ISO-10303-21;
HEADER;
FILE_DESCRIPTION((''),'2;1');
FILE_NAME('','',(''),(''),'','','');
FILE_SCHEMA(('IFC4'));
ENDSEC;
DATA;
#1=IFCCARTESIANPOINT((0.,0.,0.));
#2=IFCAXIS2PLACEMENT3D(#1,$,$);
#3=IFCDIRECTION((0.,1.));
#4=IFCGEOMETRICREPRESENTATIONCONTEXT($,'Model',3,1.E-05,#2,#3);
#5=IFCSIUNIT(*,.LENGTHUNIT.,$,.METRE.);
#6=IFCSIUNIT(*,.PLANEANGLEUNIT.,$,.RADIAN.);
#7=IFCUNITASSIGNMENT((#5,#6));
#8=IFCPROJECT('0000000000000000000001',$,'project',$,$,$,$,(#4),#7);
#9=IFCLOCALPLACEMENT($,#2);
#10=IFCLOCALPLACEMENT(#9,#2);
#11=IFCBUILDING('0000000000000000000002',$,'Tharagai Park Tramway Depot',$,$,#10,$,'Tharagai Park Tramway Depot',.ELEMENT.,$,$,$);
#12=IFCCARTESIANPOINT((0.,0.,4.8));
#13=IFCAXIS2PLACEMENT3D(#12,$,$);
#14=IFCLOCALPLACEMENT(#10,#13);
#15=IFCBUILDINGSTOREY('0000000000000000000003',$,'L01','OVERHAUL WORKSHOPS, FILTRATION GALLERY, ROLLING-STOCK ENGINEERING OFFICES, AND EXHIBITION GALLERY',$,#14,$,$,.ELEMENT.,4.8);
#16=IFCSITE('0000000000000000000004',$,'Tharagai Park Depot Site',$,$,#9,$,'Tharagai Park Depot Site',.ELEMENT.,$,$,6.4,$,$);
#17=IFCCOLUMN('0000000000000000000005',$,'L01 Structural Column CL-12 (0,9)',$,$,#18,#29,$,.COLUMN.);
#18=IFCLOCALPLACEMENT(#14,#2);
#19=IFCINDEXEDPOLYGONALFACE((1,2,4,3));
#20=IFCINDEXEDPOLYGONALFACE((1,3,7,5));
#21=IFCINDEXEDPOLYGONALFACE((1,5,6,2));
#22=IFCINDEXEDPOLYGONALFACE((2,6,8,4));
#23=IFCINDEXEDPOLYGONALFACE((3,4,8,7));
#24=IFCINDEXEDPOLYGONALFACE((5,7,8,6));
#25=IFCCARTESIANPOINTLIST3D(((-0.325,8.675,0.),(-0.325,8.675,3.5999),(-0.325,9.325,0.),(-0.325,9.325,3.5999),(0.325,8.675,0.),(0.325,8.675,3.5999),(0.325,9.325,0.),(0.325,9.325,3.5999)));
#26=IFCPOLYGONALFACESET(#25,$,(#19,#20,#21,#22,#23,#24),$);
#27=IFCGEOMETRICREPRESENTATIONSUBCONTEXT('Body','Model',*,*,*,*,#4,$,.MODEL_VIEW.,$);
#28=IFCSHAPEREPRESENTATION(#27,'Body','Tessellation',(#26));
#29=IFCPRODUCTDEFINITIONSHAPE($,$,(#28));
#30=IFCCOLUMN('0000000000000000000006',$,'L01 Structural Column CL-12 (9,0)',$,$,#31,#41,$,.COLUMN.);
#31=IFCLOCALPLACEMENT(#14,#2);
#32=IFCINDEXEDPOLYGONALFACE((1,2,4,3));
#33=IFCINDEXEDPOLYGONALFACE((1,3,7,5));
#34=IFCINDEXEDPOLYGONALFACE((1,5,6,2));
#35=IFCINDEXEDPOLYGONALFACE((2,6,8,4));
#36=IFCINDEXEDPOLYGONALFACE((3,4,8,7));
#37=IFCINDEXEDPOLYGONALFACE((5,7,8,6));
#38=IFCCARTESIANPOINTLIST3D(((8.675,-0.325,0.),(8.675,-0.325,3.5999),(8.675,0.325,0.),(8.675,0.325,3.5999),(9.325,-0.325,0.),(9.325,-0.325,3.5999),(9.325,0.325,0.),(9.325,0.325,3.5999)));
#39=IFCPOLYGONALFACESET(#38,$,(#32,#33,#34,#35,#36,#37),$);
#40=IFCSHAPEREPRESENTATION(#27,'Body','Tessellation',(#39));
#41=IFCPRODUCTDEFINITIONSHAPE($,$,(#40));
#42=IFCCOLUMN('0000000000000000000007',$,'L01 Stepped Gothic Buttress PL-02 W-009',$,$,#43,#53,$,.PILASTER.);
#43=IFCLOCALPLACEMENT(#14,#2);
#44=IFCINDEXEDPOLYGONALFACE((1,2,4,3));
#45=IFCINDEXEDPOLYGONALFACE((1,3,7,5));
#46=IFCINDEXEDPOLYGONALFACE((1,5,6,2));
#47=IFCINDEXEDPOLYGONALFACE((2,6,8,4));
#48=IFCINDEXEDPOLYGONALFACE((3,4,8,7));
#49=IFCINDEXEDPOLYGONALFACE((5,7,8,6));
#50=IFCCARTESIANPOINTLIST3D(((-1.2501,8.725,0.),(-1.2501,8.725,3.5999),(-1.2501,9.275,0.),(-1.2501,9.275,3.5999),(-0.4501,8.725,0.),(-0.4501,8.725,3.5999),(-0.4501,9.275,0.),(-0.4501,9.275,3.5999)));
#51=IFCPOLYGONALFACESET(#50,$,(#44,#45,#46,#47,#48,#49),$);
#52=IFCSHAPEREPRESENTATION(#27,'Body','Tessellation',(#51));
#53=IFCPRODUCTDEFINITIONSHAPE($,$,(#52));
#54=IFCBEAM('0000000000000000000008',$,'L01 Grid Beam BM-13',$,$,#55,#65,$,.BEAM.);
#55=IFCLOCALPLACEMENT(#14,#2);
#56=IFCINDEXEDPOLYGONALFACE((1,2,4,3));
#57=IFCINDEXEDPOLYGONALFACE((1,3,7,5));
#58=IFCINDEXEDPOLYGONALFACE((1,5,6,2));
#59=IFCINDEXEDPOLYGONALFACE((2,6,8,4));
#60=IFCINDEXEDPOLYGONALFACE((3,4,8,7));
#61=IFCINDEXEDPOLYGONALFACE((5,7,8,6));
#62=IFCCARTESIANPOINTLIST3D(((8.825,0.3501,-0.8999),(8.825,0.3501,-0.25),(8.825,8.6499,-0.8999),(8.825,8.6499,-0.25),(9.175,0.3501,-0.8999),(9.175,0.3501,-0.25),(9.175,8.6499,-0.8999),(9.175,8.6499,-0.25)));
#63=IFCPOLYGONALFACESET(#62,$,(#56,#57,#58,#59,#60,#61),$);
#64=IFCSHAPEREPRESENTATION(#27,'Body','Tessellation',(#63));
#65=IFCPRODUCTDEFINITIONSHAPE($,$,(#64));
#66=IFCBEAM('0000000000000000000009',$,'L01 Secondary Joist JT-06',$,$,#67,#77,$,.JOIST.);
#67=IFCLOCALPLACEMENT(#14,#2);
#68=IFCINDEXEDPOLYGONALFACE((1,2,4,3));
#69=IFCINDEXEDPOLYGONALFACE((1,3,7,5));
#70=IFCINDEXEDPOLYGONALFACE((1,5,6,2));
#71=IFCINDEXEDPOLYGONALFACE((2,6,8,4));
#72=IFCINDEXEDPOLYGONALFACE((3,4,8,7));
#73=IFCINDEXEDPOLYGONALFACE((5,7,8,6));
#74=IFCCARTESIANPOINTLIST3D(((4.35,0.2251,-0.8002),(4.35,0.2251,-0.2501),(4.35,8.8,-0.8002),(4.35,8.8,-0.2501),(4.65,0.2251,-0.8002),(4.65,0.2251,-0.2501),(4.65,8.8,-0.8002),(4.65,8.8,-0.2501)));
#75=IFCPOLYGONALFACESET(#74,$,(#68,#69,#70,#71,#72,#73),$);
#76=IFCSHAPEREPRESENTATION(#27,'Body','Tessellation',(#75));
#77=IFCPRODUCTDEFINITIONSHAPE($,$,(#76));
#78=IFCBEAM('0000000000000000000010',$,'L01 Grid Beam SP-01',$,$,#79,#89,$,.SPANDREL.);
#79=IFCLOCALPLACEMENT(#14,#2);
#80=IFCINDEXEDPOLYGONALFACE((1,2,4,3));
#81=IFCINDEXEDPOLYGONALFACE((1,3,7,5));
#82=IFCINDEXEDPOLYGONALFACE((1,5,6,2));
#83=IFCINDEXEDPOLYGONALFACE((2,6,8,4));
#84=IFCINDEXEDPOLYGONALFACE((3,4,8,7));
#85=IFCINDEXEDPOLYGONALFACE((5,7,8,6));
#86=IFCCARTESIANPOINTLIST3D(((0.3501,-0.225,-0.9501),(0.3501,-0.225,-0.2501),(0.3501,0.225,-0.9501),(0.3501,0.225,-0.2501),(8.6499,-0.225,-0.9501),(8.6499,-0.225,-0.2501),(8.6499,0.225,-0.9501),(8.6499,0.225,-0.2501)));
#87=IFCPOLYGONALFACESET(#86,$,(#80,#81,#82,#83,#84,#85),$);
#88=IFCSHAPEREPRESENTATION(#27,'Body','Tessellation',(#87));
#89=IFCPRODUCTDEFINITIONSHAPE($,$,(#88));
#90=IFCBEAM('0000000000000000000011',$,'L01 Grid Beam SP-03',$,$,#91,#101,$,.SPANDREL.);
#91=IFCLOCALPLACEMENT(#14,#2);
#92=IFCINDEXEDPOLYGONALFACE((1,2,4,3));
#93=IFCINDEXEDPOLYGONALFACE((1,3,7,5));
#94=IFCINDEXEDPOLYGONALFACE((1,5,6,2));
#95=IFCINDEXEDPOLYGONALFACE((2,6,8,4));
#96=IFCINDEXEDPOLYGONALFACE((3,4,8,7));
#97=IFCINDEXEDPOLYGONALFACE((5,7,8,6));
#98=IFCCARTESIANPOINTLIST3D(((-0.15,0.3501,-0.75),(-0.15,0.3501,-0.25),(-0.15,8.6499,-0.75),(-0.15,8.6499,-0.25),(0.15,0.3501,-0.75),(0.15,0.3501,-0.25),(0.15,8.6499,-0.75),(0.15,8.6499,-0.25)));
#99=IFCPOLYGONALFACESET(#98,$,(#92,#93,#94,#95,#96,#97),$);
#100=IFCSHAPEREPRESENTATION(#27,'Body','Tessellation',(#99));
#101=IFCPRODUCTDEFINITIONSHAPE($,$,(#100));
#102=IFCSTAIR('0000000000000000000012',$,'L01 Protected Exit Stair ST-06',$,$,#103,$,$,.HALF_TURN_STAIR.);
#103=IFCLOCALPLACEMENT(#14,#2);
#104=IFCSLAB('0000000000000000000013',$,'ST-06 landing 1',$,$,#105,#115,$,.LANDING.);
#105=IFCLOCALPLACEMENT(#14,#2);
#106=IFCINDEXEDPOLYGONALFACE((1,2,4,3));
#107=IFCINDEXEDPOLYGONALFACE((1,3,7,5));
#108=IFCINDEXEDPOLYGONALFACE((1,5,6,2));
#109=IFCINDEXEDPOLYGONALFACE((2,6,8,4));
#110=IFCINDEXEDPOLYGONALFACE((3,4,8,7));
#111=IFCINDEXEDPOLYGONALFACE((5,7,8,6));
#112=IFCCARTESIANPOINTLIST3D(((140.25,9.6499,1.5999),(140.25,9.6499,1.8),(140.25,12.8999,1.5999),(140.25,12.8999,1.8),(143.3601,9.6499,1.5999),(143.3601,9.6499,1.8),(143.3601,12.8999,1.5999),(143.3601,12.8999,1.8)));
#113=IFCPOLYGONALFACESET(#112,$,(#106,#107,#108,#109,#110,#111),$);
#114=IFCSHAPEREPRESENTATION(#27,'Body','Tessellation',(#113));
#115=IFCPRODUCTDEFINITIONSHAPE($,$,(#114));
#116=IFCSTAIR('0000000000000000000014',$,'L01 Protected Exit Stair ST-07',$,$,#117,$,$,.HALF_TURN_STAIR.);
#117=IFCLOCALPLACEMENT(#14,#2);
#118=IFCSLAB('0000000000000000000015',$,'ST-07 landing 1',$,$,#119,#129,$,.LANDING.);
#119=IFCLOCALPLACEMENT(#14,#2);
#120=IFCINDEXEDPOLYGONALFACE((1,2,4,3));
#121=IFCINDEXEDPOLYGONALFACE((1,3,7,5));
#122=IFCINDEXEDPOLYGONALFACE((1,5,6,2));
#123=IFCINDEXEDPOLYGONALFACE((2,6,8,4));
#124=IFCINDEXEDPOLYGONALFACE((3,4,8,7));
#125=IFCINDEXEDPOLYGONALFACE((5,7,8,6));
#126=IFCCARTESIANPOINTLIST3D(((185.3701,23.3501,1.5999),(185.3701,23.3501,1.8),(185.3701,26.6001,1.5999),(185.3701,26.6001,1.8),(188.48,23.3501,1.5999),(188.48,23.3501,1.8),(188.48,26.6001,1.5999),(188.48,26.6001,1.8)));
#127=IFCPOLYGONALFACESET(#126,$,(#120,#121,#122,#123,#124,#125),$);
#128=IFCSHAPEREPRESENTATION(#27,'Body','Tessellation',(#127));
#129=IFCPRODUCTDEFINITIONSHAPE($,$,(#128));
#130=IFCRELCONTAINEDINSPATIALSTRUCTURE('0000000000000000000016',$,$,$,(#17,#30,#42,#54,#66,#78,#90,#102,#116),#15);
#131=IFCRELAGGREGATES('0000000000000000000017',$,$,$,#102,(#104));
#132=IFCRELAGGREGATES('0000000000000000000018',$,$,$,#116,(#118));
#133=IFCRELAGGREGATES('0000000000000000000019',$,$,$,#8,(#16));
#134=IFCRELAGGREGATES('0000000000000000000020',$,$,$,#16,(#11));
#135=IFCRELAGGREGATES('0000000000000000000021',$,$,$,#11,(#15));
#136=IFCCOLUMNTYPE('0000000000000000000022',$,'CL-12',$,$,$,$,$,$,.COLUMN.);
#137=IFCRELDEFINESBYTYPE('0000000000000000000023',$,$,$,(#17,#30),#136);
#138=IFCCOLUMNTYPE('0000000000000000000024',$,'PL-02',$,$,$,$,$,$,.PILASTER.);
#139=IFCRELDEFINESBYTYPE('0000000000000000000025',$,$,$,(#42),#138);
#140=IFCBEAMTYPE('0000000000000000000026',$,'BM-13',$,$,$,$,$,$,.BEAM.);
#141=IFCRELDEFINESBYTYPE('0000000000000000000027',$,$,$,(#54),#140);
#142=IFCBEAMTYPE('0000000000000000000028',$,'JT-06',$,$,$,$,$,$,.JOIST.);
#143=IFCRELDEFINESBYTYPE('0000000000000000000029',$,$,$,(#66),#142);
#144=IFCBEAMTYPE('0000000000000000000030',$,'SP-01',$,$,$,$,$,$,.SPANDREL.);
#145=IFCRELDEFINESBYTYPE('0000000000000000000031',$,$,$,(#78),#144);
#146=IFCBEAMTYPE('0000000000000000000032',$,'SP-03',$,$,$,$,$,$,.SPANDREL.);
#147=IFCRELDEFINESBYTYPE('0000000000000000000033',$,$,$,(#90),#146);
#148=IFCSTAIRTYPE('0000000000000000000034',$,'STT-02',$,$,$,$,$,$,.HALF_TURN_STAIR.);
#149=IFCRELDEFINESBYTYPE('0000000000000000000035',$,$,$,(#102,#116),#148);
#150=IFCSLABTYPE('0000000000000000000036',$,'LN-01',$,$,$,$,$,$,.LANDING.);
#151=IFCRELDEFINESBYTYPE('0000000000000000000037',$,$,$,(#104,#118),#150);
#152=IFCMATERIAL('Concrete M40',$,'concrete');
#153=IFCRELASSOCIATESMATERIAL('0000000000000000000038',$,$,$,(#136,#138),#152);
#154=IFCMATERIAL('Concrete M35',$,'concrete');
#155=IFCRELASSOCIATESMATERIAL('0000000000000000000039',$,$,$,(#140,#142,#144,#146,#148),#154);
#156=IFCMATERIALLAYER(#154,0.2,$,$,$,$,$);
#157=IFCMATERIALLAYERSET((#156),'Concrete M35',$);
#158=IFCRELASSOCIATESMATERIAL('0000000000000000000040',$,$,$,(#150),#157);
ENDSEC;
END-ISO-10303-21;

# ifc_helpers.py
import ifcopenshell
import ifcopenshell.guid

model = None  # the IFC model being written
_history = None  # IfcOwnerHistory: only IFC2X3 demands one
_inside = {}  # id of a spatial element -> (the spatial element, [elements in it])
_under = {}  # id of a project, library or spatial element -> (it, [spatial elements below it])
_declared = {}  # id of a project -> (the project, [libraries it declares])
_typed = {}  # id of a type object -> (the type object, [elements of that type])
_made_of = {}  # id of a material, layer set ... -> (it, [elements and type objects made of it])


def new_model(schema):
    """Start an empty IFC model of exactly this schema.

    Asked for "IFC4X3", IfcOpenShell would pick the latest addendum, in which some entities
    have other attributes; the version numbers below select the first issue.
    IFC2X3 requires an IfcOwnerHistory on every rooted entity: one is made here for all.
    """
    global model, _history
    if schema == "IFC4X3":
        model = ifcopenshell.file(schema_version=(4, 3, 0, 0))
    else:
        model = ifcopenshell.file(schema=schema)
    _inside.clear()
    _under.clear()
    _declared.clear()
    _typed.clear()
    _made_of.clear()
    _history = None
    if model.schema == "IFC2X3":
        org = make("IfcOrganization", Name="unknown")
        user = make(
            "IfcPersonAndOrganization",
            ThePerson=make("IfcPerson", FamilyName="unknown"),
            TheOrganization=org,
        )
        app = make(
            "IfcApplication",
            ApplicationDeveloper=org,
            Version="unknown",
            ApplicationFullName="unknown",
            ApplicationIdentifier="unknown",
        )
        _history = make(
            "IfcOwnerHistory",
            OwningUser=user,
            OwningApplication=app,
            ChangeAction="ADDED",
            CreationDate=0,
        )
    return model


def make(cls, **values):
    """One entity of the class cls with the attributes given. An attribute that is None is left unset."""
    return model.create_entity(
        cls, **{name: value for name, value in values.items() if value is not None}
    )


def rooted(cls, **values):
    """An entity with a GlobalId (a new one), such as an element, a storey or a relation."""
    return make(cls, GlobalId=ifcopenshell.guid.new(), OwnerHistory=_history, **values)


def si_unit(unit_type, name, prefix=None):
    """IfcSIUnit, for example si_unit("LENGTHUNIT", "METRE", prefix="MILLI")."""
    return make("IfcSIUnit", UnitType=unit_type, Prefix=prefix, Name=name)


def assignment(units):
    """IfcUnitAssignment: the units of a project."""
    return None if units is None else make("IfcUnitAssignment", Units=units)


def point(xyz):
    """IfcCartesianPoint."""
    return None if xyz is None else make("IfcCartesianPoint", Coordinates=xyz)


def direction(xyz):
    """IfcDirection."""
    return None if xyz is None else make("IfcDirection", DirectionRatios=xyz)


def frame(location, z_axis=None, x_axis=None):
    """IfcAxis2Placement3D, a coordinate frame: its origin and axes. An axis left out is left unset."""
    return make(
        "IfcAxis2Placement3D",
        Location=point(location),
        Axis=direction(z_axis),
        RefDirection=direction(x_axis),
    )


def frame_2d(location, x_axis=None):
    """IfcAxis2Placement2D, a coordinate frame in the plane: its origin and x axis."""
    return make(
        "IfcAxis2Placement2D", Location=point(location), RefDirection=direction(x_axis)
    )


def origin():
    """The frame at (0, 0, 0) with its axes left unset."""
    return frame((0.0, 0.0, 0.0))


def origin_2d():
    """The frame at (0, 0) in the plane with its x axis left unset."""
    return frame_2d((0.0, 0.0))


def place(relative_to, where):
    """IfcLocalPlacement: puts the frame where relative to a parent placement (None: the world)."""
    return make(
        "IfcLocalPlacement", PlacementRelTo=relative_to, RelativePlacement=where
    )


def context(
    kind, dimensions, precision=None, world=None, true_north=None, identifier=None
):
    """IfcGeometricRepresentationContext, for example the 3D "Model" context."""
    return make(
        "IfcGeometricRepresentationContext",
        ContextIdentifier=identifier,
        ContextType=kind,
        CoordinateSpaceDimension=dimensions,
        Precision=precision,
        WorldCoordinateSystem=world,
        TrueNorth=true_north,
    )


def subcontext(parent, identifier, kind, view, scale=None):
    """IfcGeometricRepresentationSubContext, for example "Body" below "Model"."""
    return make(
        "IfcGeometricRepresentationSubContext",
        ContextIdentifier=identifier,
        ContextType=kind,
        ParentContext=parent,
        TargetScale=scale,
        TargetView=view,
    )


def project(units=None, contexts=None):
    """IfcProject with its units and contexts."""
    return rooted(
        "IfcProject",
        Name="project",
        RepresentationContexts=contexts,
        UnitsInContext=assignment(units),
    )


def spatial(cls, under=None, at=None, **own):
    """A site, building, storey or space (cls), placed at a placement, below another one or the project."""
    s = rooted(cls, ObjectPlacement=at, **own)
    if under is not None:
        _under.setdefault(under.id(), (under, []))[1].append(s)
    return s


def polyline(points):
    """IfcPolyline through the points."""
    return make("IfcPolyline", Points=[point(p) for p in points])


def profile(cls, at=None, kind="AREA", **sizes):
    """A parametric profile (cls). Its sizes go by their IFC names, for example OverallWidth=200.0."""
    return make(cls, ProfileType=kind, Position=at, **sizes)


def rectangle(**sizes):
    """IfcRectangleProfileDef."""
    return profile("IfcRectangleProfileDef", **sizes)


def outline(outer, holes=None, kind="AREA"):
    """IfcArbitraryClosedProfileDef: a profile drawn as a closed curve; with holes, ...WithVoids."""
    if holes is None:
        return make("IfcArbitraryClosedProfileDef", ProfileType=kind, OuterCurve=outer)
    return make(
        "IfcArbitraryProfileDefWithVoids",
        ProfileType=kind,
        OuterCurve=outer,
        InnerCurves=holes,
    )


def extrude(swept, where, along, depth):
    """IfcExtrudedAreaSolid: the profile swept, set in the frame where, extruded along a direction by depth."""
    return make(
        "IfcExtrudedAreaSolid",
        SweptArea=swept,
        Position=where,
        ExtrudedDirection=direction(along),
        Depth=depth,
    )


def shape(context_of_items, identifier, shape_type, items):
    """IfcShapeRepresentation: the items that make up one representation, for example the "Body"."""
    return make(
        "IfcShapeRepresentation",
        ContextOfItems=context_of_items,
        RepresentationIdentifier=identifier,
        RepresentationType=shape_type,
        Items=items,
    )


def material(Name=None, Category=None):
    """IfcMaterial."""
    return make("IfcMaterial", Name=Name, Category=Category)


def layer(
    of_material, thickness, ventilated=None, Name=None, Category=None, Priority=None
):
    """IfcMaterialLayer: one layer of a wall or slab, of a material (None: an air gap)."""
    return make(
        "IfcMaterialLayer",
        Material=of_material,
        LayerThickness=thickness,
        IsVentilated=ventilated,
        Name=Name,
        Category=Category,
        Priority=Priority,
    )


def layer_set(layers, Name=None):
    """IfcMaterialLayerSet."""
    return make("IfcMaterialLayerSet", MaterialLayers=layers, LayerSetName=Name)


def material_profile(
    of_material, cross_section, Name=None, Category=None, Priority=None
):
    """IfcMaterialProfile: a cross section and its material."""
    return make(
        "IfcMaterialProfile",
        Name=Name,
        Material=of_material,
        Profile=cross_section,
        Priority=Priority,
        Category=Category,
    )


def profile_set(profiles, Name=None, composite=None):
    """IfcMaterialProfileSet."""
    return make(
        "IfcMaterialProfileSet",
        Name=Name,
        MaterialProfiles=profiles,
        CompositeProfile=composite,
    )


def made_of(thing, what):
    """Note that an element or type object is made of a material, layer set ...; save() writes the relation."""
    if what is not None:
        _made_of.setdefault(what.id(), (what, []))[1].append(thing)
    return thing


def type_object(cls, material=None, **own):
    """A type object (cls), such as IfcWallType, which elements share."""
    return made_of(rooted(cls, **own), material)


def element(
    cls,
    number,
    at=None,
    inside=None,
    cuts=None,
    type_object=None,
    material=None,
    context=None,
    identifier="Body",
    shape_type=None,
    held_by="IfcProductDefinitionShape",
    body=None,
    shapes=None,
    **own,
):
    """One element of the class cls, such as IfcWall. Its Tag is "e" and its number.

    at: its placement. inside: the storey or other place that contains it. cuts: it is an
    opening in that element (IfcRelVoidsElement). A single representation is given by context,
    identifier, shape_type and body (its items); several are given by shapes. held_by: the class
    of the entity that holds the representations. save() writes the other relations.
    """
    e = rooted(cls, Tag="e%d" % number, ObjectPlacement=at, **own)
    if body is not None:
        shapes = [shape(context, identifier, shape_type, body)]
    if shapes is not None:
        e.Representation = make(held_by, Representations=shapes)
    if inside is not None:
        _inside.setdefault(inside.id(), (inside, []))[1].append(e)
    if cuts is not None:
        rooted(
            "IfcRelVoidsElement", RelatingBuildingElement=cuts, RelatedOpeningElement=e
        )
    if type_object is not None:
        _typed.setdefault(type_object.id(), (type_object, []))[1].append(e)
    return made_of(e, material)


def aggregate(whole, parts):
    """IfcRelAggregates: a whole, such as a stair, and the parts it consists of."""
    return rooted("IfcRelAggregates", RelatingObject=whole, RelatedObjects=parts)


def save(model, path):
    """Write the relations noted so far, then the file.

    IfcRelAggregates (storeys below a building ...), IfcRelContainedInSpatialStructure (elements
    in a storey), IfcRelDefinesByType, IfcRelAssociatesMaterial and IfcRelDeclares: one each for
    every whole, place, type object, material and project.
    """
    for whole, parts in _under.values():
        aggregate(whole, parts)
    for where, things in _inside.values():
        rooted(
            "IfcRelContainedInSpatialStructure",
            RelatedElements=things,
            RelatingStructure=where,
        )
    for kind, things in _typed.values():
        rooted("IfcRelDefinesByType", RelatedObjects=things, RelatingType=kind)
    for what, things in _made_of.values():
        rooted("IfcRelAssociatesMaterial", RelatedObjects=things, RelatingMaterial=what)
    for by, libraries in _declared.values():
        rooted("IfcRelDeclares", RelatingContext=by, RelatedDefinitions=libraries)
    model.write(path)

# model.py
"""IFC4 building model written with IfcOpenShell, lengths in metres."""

from ifc_helpers import new_model, si_unit, direction, frame, origin, origin_2d, place, context, subcontext, project, spatial, polyline, rectangle, outline, extrude, material, layer, layer_set, material_profile, profile_set, type_object, element, aggregate, save


model = new_model("IFC4")

# Units and contexts
model_context = context("Model", 3, precision=1e-05, world=origin(), true_north=direction((0.0, 1.0)))
body_context = subcontext(model_context, "Body", "Model", "MODEL_VIEW")
ifc_project = project(units=[si_unit("LENGTHUNIT", "METRE"), si_unit("PLANEANGLEUNIT", "RADIAN")], contexts=[model_context])

# Site, building, storey
site_placement = place(None, origin())
site = spatial("IfcSite", under=ifc_project, at=site_placement, Name="Tharagai Park Depot Site", LongName="Tharagai Park Depot Site", CompositionType="ELEMENT", RefElevation=6.4)
building_placement = place(site_placement, origin())
building = spatial("IfcBuilding", under=site, at=building_placement, Name="Tharagai Park Tramway Depot", LongName="Tharagai Park Tramway Depot", CompositionType="ELEMENT")
storey_placement = place(building_placement, frame((0.0, 0.0, 4.8)))
storey = spatial("IfcBuildingStorey", under=building, at=storey_placement, Name="L01", Description="OVERHAUL WORKSHOPS, FILTRATION GALLERY, ROLLING-STOCK ENGINEERING OFFICES, AND EXHIBITION GALLERY", CompositionType="ELEMENT", Elevation=4.8)

# Columns
ifc_material_1 = material(Name="Concrete M40", Category="concrete")
ifc_material_profile_1 = material_profile(ifc_material_1, rectangle(XDim=0.6499, YDim=0.6499, at=origin_2d()), Name="RC 650x650")
ifc_profile_set_1 = profile_set([ifc_material_profile_1], Name="Concrete M40")
column_type_1 = type_object("IfcColumnType", Name="CL-12", PredefinedType="COLUMN", material=ifc_profile_set_1)
for number, where, z_axis, x_axis, name in (
    (1, (0.0, 9.0, 0.0), (0.0, 0.0, 1.0), (1.0, 0.0, 0.0), "L01 Structural Column CL-12 (0,9)"),
    (2, (9.0, 0.0, 0.0), (0.0, 0.0, 1.0), (1.0, 0.0, 0.0), "L01 Structural Column CL-12 (9,0)"),
):
    element("IfcColumn", number, at=place(storey_placement, frame(where, z_axis=z_axis, x_axis=x_axis)), inside=storey, type_object=column_type_1, Name=name, PredefinedType="COLUMN", context=body_context, shape_type="SweptSolid", body=[
        extrude(rectangle(XDim=0.6499, YDim=0.6499, at=origin_2d()), origin(), (0.0, 0.0, 1.0), 3.5999),
    ])
ifc_material_profile_2 = material_profile(ifc_material_1, rectangle(XDim=0.55, YDim=0.8, at=origin_2d()), Name="RC 550x800")
ifc_profile_set_2 = profile_set([ifc_material_profile_2], Name="Concrete M40")
column_type_2 = type_object("IfcColumnType", Name="PL-02", PredefinedType="PILASTER", material=ifc_profile_set_2)
column_placement = place(storey_placement, frame((-0.8501, 9.0, 0.0), z_axis=(0.0, 0.0, 1.0), x_axis=(0.0, 1.0, 0.0)))
element("IfcColumn", 3, at=column_placement, inside=storey, type_object=column_type_2, Name="L01 Stepped Gothic Buttress PL-02 W-009", PredefinedType="PILASTER", context=body_context, shape_type="SweptSolid", body=[
    extrude(rectangle(XDim=0.55, YDim=0.8, at=origin_2d()), origin(), (0.0, 0.0, 1.0), 3.5999),
])

# Beams
ifc_material_2 = material(Name="Concrete M35", Category="concrete")
ifc_material_profile_3 = material_profile(ifc_material_2, rectangle(XDim=0.3501, YDim=0.6499, at=origin_2d()), Name="RC 350x650")
ifc_profile_set_3 = profile_set([ifc_material_profile_3], Name="Concrete M35")
beam_type_1 = type_object("IfcBeamType", Name="BM-13", PredefinedType="BEAM", material=ifc_profile_set_3)
beam_1_placement = place(storey_placement, frame((9.0, 0.3501, -0.575), z_axis=(0.0, 1.0, 0.0), x_axis=(-1.0, 0.0, 0.0)))
element("IfcBeam", 4, at=beam_1_placement, inside=storey, type_object=beam_type_1, Name="L01 Grid Beam BM-13", PredefinedType="BEAM", context=body_context, shape_type="SweptSolid", body=[
    extrude(rectangle(XDim=0.3501, YDim=0.6499, at=origin_2d()), origin(), (0.0, 0.0, 1.0), 8.2998),
])
ifc_material_profile_4 = material_profile(ifc_material_2, rectangle(XDim=0.3, YDim=0.55, at=origin_2d()), Name="RC 300x550")
ifc_profile_set_4 = profile_set([ifc_material_profile_4], Name="Concrete M35")
beam_type_2 = type_object("IfcBeamType", Name="JT-06", PredefinedType="JOIST", material=ifc_profile_set_4)
beam_2_placement = place(storey_placement, frame((4.5, 0.2251, -0.5251), z_axis=(0.0, 1.0, 0.0), x_axis=(-1.0, 0.0, 0.0)))
element("IfcBeam", 5, at=beam_2_placement, inside=storey, type_object=beam_type_2, Name="L01 Secondary Joist JT-06", PredefinedType="JOIST", context=body_context, shape_type="SweptSolid", body=[
    extrude(rectangle(XDim=0.3, YDim=0.55, at=origin_2d()), origin(), (0.0, 0.0, 1.0), 8.575),
])
ifc_material_profile_5 = material_profile(ifc_material_2, rectangle(XDim=0.45, YDim=0.7, at=origin_2d()), Name="RC 450x700")
ifc_profile_set_5 = profile_set([ifc_material_profile_5], Name="Concrete M35")
beam_type_3 = type_object("IfcBeamType", Name="SP-01", PredefinedType="SPANDREL", material=ifc_profile_set_5)
beam_3_placement = place(storey_placement, frame((0.3501, 0.0, -0.6001), z_axis=(1.0, 0.0, 0.0), x_axis=(0.0, 1.0, 0.0)))
element("IfcBeam", 6, at=beam_3_placement, inside=storey, type_object=beam_type_3, Name="L01 Grid Beam SP-01", PredefinedType="SPANDREL", context=body_context, shape_type="SweptSolid", body=[
    extrude(rectangle(XDim=0.45, YDim=0.7, at=origin_2d()), origin(), (0.0, 0.0, 1.0), 8.2998),
])
ifc_material_profile_6 = material_profile(ifc_material_2, rectangle(XDim=0.3, YDim=0.5, at=origin_2d()), Name="RC 300x500")
ifc_profile_set_6 = profile_set([ifc_material_profile_6], Name="Concrete M35")
beam_type_4 = type_object("IfcBeamType", Name="SP-03", PredefinedType="SPANDREL", material=ifc_profile_set_6)
beam_4_placement = place(storey_placement, frame((0.0, 0.3501, -0.5), z_axis=(0.0, 1.0, 0.0), x_axis=(-1.0, 0.0, 0.0)))
element("IfcBeam", 7, at=beam_4_placement, inside=storey, type_object=beam_type_4, Name="L01 Grid Beam SP-03", PredefinedType="SPANDREL", context=body_context, shape_type="SweptSolid", body=[
    extrude(rectangle(XDim=0.3, YDim=0.5, at=origin_2d()), origin(), (0.0, 0.0, 1.0), 8.2998),
])

# Stairs, slabs
stair_type = type_object("IfcStairType", Name="STT-02", PredefinedType="HALF_TURN_STAIR", material=ifc_material_2)
stair_1_placement = place(storey_placement, origin())
stair_1 = element("IfcStair", 8, at=stair_1_placement, inside=storey, type_object=stair_type, Name="L01 Protected Exit Stair ST-06", PredefinedType="HALF_TURN_STAIR")
ifc_layer_1 = layer(ifc_material_2, 0.2)
ifc_layer_set_1 = layer_set([ifc_layer_1], Name="Concrete M35")
slab_type = type_object("IfcSlabType", Name="LN-01", PredefinedType="LANDING", material=ifc_layer_set_1)
slab_1_placement = place(storey_placement, frame((0.0, 0.0, 1.5999)))
slab_1 = element("IfcSlab", 9, at=slab_1_placement, type_object=slab_type, Name="ST-06 landing 1", PredefinedType="LANDING", context=body_context, shape_type="SweptSolid", body=[
    extrude(outline(polyline([(140.25, 9.6499), (143.3601, 9.6499), (143.3601, 12.8999), (140.25, 12.8999), (140.25, 9.6499)])), origin(), (0.0, 0.0, 1.0), 0.2002),
])
aggregate(stair_1, [slab_1])
stair_2_placement = place(storey_placement, origin())
stair_2 = element("IfcStair", 10, at=stair_2_placement, inside=storey, type_object=stair_type, Name="L01 Protected Exit Stair ST-07", PredefinedType="HALF_TURN_STAIR")
slab_2_placement = place(storey_placement, frame((0.0, 0.0, 1.5999)))
slab_2 = element("IfcSlab", 11, at=slab_2_placement, type_object=slab_type, Name="ST-07 landing 1", PredefinedType="LANDING", context=body_context, shape_type="SweptSolid", body=[
    extrude(outline(polyline([(185.3701, 23.3501), (188.48, 23.3501), (188.48, 26.6001), (185.3701, 26.6001), (185.3701, 23.3501)])), origin(), (0.0, 0.0, 1.0), 0.2002),
])
aggregate(stair_2, [slab_2])

save(model, "model.ifc")
